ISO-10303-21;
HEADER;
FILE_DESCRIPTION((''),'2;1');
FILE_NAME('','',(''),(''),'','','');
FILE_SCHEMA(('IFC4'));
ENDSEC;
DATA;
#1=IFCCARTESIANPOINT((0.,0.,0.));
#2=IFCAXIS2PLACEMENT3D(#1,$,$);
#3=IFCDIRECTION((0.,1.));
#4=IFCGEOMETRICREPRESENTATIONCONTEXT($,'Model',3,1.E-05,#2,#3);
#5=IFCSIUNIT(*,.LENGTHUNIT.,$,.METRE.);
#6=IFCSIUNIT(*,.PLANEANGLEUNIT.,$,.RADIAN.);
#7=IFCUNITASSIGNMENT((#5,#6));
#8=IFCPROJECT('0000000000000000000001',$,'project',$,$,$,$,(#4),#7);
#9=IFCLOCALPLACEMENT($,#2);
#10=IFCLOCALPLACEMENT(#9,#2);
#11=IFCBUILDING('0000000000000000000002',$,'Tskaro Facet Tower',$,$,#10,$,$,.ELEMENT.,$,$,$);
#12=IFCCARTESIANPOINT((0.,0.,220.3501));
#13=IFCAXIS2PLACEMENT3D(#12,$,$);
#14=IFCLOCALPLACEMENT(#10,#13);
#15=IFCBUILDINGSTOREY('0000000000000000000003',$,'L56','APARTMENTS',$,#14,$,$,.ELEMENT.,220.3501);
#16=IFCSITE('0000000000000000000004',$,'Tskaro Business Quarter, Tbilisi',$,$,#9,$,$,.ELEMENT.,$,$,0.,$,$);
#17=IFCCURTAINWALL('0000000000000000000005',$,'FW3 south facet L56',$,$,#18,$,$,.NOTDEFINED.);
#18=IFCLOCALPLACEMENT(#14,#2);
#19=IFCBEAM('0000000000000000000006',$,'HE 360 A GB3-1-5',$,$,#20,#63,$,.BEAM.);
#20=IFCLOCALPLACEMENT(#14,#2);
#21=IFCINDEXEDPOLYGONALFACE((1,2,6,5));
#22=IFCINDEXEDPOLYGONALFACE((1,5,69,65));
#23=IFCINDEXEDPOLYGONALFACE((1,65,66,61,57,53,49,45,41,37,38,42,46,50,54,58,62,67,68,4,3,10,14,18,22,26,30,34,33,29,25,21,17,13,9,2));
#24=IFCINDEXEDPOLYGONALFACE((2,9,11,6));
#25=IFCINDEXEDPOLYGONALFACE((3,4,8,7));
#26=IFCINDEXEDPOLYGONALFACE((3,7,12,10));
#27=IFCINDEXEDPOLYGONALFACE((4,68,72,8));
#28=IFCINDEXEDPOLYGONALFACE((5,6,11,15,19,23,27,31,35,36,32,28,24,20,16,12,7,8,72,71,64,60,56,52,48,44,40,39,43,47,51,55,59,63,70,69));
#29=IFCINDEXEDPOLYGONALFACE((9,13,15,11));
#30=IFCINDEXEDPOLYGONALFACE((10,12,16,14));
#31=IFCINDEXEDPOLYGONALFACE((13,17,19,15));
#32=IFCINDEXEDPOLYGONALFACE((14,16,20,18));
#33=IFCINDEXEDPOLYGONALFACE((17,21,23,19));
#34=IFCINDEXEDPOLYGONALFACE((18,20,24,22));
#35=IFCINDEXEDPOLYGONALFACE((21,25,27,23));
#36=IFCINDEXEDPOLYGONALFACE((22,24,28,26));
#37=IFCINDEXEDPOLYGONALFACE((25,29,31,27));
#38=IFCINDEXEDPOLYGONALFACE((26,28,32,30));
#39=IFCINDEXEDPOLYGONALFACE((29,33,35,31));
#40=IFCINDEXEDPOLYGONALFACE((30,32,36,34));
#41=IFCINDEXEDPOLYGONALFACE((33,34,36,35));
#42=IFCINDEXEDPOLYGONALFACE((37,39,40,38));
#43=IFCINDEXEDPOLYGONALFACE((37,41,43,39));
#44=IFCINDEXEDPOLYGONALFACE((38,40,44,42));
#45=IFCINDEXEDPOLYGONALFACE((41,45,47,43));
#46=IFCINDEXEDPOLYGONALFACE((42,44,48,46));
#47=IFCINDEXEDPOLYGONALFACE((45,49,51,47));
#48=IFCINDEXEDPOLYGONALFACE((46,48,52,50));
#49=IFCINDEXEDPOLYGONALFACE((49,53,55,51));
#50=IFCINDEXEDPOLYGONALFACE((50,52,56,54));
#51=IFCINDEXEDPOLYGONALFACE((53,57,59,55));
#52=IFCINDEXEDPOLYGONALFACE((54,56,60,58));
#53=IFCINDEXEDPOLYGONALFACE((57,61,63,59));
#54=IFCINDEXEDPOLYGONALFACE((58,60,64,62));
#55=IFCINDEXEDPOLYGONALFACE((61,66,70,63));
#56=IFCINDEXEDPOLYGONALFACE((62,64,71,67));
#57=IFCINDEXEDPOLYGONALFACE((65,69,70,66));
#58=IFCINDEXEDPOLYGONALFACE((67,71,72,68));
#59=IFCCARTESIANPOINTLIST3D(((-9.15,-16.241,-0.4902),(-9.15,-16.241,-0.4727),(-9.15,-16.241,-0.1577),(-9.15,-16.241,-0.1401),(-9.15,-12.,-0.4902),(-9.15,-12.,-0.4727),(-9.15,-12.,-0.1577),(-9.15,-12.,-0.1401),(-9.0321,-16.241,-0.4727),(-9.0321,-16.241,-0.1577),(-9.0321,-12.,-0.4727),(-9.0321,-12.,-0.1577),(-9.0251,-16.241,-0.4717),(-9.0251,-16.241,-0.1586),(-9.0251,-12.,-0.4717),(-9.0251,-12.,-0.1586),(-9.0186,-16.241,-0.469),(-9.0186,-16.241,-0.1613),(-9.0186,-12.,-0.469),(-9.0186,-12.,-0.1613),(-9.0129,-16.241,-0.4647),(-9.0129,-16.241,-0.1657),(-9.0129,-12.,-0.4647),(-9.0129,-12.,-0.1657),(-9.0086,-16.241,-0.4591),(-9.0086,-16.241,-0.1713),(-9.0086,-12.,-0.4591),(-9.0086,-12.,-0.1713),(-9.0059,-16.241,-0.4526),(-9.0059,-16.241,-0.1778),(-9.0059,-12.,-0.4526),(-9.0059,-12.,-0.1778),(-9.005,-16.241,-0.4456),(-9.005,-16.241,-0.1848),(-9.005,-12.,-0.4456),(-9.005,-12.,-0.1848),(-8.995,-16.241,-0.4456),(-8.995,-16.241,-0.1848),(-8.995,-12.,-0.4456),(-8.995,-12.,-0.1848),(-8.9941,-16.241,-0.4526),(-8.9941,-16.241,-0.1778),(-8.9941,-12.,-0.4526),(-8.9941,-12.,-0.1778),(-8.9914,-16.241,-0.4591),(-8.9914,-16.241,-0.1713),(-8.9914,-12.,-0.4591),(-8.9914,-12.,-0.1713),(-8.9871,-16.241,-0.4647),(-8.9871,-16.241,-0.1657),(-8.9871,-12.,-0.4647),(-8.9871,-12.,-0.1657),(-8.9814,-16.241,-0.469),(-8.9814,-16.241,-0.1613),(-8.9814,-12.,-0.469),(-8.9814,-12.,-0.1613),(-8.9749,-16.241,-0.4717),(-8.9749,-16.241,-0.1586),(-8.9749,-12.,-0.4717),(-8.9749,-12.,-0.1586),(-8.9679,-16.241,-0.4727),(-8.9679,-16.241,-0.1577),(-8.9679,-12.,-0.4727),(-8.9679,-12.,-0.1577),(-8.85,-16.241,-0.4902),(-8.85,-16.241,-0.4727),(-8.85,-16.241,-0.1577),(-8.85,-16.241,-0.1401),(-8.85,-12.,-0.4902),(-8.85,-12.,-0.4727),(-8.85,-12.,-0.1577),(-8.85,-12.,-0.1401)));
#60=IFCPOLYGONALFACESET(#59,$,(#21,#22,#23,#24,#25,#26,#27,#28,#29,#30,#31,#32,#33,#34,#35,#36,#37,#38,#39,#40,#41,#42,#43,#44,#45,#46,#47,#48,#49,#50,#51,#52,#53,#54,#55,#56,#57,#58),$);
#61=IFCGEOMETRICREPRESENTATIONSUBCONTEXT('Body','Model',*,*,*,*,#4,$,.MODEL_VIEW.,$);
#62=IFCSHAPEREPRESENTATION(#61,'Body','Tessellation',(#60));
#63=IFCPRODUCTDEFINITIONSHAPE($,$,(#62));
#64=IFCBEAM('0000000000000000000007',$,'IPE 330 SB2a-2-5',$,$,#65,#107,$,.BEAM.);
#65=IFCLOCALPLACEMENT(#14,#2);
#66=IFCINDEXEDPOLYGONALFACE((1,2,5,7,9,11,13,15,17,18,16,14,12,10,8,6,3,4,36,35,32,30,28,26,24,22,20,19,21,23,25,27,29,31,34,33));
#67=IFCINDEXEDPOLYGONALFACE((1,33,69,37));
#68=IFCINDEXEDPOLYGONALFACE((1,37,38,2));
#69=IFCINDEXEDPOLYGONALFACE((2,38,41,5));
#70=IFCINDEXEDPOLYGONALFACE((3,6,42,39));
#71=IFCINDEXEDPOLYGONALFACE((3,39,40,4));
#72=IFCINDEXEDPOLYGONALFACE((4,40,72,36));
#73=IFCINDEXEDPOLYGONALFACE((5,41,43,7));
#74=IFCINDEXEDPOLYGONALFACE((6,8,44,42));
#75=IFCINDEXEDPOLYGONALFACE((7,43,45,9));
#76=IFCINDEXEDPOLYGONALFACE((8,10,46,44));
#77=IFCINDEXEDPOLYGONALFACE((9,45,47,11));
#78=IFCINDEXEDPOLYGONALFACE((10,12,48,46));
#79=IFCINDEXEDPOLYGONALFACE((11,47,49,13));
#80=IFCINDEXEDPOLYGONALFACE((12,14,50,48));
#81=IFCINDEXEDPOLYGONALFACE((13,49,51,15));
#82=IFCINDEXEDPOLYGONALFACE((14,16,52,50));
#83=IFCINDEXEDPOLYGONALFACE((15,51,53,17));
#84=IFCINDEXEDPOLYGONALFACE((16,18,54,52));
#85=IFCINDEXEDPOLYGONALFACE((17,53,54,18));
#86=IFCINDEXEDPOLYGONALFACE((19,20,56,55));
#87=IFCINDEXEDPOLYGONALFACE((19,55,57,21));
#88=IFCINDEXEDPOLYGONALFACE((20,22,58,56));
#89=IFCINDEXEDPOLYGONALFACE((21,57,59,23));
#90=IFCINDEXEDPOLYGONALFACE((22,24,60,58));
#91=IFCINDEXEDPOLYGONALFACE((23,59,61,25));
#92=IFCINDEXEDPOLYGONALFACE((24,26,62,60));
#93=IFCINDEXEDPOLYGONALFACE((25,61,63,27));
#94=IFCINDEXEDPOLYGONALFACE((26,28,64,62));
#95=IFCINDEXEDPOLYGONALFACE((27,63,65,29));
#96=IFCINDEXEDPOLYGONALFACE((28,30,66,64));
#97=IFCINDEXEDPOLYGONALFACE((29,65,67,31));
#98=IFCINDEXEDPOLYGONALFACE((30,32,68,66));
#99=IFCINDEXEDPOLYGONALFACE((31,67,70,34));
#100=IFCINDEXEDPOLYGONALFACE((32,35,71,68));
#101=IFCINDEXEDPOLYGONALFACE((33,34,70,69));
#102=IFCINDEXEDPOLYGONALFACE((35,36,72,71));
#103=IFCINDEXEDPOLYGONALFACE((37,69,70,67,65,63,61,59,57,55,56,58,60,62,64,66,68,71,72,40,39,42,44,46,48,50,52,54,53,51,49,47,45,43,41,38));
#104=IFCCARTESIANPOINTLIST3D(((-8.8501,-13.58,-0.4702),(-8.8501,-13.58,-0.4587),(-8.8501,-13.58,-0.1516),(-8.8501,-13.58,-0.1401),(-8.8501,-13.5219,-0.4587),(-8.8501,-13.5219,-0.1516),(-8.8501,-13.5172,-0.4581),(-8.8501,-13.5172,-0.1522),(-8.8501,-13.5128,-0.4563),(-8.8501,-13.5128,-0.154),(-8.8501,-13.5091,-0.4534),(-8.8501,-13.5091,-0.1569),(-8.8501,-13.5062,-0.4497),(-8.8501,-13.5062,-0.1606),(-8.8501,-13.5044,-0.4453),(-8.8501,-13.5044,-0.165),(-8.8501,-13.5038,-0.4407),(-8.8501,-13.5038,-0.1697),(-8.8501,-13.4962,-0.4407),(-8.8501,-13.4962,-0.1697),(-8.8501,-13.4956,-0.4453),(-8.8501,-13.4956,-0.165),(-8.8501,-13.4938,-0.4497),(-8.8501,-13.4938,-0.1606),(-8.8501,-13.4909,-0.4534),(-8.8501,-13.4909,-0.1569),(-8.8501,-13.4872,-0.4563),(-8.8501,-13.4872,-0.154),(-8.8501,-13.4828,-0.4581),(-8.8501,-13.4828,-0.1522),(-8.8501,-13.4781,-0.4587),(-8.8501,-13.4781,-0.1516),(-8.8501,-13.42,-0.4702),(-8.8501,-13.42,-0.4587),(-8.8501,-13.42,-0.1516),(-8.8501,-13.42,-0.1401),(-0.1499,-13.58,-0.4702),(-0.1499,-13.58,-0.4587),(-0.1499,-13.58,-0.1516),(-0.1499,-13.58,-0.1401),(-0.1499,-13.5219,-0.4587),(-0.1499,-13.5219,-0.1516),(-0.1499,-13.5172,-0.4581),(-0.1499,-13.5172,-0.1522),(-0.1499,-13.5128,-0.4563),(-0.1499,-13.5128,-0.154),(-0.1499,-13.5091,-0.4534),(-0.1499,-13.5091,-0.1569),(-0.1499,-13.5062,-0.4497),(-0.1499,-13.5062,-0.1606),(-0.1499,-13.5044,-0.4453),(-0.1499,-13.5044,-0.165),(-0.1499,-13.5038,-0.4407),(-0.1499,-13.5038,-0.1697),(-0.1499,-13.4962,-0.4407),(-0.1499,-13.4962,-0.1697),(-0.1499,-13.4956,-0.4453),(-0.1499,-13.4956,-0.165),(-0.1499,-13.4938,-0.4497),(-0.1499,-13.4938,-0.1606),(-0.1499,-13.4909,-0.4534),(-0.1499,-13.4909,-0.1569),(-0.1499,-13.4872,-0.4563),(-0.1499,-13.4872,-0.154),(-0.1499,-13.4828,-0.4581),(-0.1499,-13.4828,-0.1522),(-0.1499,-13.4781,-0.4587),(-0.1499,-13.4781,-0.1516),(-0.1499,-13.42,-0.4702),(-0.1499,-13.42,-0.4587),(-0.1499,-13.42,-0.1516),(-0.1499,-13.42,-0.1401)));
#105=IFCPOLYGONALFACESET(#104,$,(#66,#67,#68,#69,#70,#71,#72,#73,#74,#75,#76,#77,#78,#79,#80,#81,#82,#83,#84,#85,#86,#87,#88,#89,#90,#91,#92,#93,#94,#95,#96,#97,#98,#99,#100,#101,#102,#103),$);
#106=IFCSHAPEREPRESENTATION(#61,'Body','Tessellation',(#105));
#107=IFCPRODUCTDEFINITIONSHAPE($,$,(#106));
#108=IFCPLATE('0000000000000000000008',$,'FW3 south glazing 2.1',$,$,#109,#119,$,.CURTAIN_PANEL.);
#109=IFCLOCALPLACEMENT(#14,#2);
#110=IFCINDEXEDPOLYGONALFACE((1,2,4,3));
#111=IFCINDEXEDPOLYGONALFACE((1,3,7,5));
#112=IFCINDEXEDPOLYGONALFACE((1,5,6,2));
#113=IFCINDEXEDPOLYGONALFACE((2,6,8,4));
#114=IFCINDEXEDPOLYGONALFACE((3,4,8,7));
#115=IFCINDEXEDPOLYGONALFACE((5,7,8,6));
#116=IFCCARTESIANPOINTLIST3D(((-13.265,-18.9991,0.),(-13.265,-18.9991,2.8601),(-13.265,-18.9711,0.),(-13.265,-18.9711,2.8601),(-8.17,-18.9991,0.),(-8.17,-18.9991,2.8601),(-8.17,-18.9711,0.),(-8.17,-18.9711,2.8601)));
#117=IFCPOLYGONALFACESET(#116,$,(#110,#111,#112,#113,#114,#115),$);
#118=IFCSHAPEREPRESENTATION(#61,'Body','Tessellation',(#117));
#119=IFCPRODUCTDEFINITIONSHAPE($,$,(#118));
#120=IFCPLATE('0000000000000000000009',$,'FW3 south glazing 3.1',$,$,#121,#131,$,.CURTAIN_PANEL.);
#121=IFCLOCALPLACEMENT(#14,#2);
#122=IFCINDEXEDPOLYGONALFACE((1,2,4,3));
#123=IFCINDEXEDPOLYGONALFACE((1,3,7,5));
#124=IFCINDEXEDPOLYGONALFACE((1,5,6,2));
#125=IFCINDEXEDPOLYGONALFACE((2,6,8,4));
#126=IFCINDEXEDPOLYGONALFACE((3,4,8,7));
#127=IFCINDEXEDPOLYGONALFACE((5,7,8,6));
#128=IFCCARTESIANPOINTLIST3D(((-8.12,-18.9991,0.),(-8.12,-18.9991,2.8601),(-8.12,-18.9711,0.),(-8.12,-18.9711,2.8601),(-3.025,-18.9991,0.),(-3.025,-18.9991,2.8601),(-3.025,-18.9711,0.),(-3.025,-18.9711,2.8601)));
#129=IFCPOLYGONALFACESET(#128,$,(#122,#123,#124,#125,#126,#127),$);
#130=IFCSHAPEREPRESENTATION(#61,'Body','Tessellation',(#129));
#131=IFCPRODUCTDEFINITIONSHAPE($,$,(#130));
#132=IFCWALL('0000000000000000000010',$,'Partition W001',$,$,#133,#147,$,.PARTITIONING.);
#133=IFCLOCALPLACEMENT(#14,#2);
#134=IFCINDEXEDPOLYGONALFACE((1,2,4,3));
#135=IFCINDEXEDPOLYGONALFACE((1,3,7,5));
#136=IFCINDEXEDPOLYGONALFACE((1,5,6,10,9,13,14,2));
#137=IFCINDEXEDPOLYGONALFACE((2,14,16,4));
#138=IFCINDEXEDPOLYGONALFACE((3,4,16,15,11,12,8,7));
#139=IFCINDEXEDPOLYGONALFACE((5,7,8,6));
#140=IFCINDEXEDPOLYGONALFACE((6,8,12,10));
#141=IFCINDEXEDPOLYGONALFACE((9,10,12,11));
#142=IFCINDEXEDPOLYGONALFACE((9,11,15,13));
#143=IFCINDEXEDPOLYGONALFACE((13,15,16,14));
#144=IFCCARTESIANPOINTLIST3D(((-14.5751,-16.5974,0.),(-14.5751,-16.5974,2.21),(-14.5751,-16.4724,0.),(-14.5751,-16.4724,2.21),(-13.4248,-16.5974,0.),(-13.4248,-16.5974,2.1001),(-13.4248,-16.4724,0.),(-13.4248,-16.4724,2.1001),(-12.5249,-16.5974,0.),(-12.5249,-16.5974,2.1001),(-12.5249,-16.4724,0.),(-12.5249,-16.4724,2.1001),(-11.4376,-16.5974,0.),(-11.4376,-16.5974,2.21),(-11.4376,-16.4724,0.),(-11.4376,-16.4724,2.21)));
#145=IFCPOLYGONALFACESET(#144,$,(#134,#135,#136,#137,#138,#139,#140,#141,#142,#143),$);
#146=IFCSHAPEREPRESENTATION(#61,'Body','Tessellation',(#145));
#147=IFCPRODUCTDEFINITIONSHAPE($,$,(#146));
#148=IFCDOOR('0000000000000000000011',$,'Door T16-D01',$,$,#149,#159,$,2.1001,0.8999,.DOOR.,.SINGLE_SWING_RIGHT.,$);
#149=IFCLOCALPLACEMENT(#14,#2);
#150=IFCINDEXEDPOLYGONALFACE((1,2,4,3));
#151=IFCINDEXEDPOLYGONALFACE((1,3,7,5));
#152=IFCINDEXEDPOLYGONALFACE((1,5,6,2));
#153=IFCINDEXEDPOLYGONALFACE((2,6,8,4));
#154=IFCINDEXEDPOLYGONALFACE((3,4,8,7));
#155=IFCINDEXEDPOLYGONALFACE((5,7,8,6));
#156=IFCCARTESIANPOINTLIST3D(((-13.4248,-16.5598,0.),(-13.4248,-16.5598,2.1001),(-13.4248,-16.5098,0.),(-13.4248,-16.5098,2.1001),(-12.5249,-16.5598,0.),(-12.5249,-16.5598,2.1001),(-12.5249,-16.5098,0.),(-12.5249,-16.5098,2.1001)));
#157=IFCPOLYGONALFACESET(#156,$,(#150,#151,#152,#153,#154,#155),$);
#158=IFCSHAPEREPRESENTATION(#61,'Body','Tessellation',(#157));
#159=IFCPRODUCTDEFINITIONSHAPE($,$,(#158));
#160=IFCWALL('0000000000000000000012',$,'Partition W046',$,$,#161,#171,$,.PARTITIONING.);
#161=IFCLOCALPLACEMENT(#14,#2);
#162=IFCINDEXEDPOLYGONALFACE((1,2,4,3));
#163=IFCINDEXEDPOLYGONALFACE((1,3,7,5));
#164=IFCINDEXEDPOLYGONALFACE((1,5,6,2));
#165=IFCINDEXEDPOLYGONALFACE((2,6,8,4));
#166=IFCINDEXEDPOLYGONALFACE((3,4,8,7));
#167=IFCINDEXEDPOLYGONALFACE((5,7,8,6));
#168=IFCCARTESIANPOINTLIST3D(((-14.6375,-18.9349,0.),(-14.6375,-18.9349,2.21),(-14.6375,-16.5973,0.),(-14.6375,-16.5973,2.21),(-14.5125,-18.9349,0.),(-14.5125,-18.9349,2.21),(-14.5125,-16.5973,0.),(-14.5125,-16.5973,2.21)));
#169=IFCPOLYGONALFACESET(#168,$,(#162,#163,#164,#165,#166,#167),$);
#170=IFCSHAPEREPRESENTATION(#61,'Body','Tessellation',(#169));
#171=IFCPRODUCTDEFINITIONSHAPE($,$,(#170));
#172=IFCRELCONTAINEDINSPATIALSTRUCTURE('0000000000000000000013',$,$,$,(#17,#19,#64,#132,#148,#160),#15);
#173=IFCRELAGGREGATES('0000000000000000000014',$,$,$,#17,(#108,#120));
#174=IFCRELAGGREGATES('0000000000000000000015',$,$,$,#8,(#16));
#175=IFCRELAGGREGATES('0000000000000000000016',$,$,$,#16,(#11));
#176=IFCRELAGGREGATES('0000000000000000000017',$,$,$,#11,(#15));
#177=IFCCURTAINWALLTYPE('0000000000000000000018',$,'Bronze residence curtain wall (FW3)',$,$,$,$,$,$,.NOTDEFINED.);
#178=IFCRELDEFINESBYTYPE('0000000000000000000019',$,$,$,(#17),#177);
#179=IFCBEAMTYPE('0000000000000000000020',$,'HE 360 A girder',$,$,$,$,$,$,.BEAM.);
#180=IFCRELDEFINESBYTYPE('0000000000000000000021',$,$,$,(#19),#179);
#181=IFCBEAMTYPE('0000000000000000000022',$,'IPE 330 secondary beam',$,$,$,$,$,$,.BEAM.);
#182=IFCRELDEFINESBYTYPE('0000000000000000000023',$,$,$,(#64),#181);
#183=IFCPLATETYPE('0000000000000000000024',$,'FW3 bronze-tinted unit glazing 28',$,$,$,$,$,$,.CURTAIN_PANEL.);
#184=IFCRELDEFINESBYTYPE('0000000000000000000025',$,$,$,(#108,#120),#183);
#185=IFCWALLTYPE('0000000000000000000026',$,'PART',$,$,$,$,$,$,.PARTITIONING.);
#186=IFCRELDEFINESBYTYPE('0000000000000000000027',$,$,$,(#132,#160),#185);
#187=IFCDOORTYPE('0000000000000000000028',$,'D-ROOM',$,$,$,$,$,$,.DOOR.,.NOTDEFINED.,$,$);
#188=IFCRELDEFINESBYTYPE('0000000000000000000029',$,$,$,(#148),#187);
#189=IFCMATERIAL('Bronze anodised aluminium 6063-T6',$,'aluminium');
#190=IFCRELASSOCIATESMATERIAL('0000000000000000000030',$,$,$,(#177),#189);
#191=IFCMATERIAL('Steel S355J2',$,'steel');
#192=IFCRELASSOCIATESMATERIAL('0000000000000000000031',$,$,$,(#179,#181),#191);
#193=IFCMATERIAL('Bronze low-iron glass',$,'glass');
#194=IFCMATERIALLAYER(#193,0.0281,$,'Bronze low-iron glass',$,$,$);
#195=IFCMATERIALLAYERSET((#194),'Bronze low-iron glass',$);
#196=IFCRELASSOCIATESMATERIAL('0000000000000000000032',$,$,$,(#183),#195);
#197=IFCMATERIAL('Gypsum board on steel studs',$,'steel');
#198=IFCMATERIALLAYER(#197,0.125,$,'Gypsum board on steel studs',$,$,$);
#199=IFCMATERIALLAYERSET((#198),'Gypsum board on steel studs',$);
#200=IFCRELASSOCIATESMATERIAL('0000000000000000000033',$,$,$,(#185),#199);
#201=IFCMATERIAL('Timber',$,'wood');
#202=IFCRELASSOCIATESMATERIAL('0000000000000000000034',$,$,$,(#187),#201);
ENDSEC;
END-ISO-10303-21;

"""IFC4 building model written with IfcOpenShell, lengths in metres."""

from ifc_helpers import new_model, si_unit, direction, frame, frame_2d, origin, origin_2d, place, context, subcontext, project, spatial, rectangle, i_section, extrude, material, layer, layer_set, material_profile, profile_set, type_object, element, fill, aggregate, save


model = new_model("IFC4")

# Units and contexts
model_context = context("Model", 3, precision=1e-05, world=origin(), true_north=direction((0.0, 1.0)))
body_context = subcontext(model_context, "Body", "Model", "MODEL_VIEW")
ifc_project = project(units=[si_unit("LENGTHUNIT", "METRE"), si_unit("PLANEANGLEUNIT", "RADIAN")], contexts=[model_context])

# Site, building, storey
site_placement = place(None, origin())
site = spatial("IfcSite", under=ifc_project, at=site_placement, Name="Tskaro Business Quarter, Tbilisi", CompositionType="ELEMENT", RefElevation=0.0)
building_placement = place(site_placement, origin())
building = spatial("IfcBuilding", under=site, at=building_placement, Name="Tskaro Facet Tower", CompositionType="ELEMENT")
storey_placement = place(building_placement, frame((0.0, 0.0, 220.3501)))
storey = spatial("IfcBuildingStorey", under=building, at=storey_placement, Name="L56", Description="APARTMENTS", CompositionType="ELEMENT", Elevation=220.3501)

# Curtain wall
ifc_material_1 = material(Name="Bronze anodised aluminium 6063-T6", Category="aluminium")
curtain_wall_type = type_object("IfcCurtainWallType", Name="Bronze residence curtain wall (FW3)", PredefinedType="NOTDEFINED", material=ifc_material_1)
curtain_wall_placement = place(storey_placement, origin())
curtain_wall = element("IfcCurtainWall", 1, at=curtain_wall_placement, inside=storey, type_object=curtain_wall_type, Name="FW3 south facet L56", PredefinedType="NOTDEFINED")

# Beams
ifc_material_2 = material(Name="Steel S355J2", Category="steel")
ifc_material_profile_1 = material_profile(ifc_material_2, i_section(OverallWidth=0.3, OverallDepth=0.3501, WebThickness=0.01, FlangeThickness=0.0176, FilletRadius=0.0271, at=origin_2d()), Name="HE 360 A")
ifc_profile_set_1 = profile_set([ifc_material_profile_1], Name="Steel S355J2")
beam_type_1 = type_object("IfcBeamType", Name="HE 360 A girder", PredefinedType="BEAM", material=ifc_profile_set_1)
beam_1_placement = place(storey_placement, frame((-9.0, -16.241, -0.3152), z_axis=(0.0, 1.0, 0.0), x_axis=(-1.0, 0.0, 0.0)))
element("IfcBeam", 2, at=beam_1_placement, inside=storey, type_object=beam_type_1, Name="HE 360 A GB3-1-5", PredefinedType="BEAM", context=body_context, shape_type="SweptSolid", body=[
    extrude(i_section(OverallWidth=0.3, OverallDepth=0.3501, WebThickness=0.01, FlangeThickness=0.0176, FilletRadius=0.0271, at=origin_2d()), origin(), (0.0, 0.0, 1.0), 4.241),
])
ifc_material_profile_2 = material_profile(ifc_material_2, i_section(OverallWidth=0.1599, OverallDepth=0.3301, WebThickness=0.0076, FlangeThickness=0.0115, FilletRadius=0.0181, at=origin_2d()), Name="IPE 330")
ifc_profile_set_2 = profile_set([ifc_material_profile_2], Name="Steel S355J2")
beam_type_2 = type_object("IfcBeamType", Name="IPE 330 secondary beam", PredefinedType="BEAM", material=ifc_profile_set_2)
beam_2_placement = place(storey_placement, frame((-8.8501, -13.5, -0.3052), z_axis=(1.0, 0.0, 0.0), x_axis=(0.0, 1.0, 0.0)))
element("IfcBeam", 3, at=beam_2_placement, inside=storey, type_object=beam_type_2, Name="IPE 330 SB2a-2-5", PredefinedType="BEAM", context=body_context, shape_type="SweptSolid", body=[
    extrude(i_section(OverallWidth=0.1599, OverallDepth=0.3301, WebThickness=0.0076, FlangeThickness=0.0115, FilletRadius=0.0181, at=origin_2d()), origin(), (0.0, 0.0, 1.0), 8.7002),
])

# Plates
ifc_material_3 = material(Name="Bronze low-iron glass", Category="glass")
ifc_layer_1 = layer(ifc_material_3, 0.0281, Name="Bronze low-iron glass")
ifc_layer_set_1 = layer_set([ifc_layer_1], Name="Bronze low-iron glass")
plate_type = type_object("IfcPlateType", Name="FW3 bronze-tinted unit glazing 28", PredefinedType="CURTAIN_PANEL", material=ifc_layer_set_1)
plate_1_placement = place(storey_placement, frame((-10.7175, -18.9851, 0.0), z_axis=(0.0, 0.0, 1.0), x_axis=(1.0, 0.0, 0.0)))
plate_1 = element("IfcPlate", 4, at=plate_1_placement, type_object=plate_type, Name="FW3 south glazing 2.1", PredefinedType="CURTAIN_PANEL", context=body_context, shape_type="SweptSolid", body=[
    extrude(rectangle(XDim=5.095, YDim=0.0281, at=origin_2d()), origin(), (0.0, 0.0, 1.0), 2.8601),
])
plate_2_placement = place(storey_placement, frame((-5.5725, -18.9851, 0.0), z_axis=(0.0, 0.0, 1.0), x_axis=(1.0, 0.0, 0.0)))
plate_2 = element("IfcPlate", 5, at=plate_2_placement, type_object=plate_type, Name="FW3 south glazing 3.1", PredefinedType="CURTAIN_PANEL", context=body_context, shape_type="SweptSolid", body=[
    extrude(rectangle(XDim=5.095, YDim=0.0281, at=origin_2d()), origin(), (0.0, 0.0, 1.0), 2.8601),
])
aggregate(curtain_wall, [plate_1, plate_2])

# Wall, opening, door
ifc_material_4 = material(Name="Gypsum board on steel studs", Category="steel")
ifc_layer_2 = layer(ifc_material_4, 0.125, Name="Gypsum board on steel studs")
ifc_layer_set_2 = layer_set([ifc_layer_2], Name="Gypsum board on steel studs")
wall_type_1 = type_object("IfcWallType", Name="PART", PredefinedType="PARTITIONING", material=ifc_layer_set_2)
wall_1_placement = place(storey_placement, frame((-11.4375, -16.5349, 0.0), z_axis=(0.0, 0.0, 1.0), x_axis=(-1.0, 0.0, 0.0)))
wall_1 = element("IfcWall", 6, at=wall_1_placement, inside=storey, type_object=wall_type_1, Name="Partition W001", PredefinedType="PARTITIONING", context=body_context, shape_type="SweptSolid", body=[
    extrude(rectangle(XDim=3.1375, YDim=0.125, at=frame_2d((1.5688, 0.0))), origin(), (0.0, 0.0, 1.0), 2.21),
])
opening_1_placement = place(wall_1_placement, frame((1.0874, 0.0, 0.0)))
opening_1 = element("IfcOpeningElement", 7, at=opening_1_placement, cuts=wall_1, PredefinedType="OPENING", context=body_context, shape_type="SweptSolid", body=[
    extrude(rectangle(XDim=0.8999, YDim=2.1001, at=frame_2d((0.45, 1.05))), frame((0.0, 0.0725, 0.0), z_axis=(0.0, -1.0, 0.0), x_axis=(1.0, 0.0, 0.0)), (0.0, 0.0, 1.0), 0.145),
])
ifc_material_5 = material(Name="Timber", Category="wood")
door_type_1 = type_object("IfcDoorType", Name="D-ROOM", OperationType="NOTDEFINED", PredefinedType="DOOR", material=ifc_material_5)
door_1_placement = place(opening_1_placement, origin())
door_1 = element("IfcDoor", 8, at=door_1_placement, inside=storey, type_object=door_type_1, Name="Door T16-D01", OperationType="SINGLE_SWING_RIGHT", OverallHeight=2.1001, OverallWidth=0.8999, PredefinedType="DOOR", context=body_context, shape_type="SweptSolid", body=[
    extrude(rectangle(XDim=0.8999, YDim=2.1001, at=frame_2d((0.45, 1.05))), frame((0.0, 0.0249, 0.0), z_axis=(0.0, -1.0, 0.0), x_axis=(1.0, 0.0, 0.0)), (0.0, 0.0, 1.0), 0.05),
])
fill(opening_1, door_1)

# Wall
wall_2_placement = place(storey_placement, frame((-14.575, -18.9351, 0.0), z_axis=(0.0, 0.0, 1.0), x_axis=(0.0, 1.0, 0.0)))
element("IfcWall", 9, at=wall_2_placement, inside=storey, type_object=wall_type_1, Name="Partition W046", PredefinedType="PARTITIONING", context=body_context, shape_type="SweptSolid", body=[
    extrude(rectangle(XDim=2.3376, YDim=0.125, at=frame_2d((1.1689, 0.0))), origin(), (0.0, 0.0, 1.0), 2.21),
])

save(model, "model.ifc")
